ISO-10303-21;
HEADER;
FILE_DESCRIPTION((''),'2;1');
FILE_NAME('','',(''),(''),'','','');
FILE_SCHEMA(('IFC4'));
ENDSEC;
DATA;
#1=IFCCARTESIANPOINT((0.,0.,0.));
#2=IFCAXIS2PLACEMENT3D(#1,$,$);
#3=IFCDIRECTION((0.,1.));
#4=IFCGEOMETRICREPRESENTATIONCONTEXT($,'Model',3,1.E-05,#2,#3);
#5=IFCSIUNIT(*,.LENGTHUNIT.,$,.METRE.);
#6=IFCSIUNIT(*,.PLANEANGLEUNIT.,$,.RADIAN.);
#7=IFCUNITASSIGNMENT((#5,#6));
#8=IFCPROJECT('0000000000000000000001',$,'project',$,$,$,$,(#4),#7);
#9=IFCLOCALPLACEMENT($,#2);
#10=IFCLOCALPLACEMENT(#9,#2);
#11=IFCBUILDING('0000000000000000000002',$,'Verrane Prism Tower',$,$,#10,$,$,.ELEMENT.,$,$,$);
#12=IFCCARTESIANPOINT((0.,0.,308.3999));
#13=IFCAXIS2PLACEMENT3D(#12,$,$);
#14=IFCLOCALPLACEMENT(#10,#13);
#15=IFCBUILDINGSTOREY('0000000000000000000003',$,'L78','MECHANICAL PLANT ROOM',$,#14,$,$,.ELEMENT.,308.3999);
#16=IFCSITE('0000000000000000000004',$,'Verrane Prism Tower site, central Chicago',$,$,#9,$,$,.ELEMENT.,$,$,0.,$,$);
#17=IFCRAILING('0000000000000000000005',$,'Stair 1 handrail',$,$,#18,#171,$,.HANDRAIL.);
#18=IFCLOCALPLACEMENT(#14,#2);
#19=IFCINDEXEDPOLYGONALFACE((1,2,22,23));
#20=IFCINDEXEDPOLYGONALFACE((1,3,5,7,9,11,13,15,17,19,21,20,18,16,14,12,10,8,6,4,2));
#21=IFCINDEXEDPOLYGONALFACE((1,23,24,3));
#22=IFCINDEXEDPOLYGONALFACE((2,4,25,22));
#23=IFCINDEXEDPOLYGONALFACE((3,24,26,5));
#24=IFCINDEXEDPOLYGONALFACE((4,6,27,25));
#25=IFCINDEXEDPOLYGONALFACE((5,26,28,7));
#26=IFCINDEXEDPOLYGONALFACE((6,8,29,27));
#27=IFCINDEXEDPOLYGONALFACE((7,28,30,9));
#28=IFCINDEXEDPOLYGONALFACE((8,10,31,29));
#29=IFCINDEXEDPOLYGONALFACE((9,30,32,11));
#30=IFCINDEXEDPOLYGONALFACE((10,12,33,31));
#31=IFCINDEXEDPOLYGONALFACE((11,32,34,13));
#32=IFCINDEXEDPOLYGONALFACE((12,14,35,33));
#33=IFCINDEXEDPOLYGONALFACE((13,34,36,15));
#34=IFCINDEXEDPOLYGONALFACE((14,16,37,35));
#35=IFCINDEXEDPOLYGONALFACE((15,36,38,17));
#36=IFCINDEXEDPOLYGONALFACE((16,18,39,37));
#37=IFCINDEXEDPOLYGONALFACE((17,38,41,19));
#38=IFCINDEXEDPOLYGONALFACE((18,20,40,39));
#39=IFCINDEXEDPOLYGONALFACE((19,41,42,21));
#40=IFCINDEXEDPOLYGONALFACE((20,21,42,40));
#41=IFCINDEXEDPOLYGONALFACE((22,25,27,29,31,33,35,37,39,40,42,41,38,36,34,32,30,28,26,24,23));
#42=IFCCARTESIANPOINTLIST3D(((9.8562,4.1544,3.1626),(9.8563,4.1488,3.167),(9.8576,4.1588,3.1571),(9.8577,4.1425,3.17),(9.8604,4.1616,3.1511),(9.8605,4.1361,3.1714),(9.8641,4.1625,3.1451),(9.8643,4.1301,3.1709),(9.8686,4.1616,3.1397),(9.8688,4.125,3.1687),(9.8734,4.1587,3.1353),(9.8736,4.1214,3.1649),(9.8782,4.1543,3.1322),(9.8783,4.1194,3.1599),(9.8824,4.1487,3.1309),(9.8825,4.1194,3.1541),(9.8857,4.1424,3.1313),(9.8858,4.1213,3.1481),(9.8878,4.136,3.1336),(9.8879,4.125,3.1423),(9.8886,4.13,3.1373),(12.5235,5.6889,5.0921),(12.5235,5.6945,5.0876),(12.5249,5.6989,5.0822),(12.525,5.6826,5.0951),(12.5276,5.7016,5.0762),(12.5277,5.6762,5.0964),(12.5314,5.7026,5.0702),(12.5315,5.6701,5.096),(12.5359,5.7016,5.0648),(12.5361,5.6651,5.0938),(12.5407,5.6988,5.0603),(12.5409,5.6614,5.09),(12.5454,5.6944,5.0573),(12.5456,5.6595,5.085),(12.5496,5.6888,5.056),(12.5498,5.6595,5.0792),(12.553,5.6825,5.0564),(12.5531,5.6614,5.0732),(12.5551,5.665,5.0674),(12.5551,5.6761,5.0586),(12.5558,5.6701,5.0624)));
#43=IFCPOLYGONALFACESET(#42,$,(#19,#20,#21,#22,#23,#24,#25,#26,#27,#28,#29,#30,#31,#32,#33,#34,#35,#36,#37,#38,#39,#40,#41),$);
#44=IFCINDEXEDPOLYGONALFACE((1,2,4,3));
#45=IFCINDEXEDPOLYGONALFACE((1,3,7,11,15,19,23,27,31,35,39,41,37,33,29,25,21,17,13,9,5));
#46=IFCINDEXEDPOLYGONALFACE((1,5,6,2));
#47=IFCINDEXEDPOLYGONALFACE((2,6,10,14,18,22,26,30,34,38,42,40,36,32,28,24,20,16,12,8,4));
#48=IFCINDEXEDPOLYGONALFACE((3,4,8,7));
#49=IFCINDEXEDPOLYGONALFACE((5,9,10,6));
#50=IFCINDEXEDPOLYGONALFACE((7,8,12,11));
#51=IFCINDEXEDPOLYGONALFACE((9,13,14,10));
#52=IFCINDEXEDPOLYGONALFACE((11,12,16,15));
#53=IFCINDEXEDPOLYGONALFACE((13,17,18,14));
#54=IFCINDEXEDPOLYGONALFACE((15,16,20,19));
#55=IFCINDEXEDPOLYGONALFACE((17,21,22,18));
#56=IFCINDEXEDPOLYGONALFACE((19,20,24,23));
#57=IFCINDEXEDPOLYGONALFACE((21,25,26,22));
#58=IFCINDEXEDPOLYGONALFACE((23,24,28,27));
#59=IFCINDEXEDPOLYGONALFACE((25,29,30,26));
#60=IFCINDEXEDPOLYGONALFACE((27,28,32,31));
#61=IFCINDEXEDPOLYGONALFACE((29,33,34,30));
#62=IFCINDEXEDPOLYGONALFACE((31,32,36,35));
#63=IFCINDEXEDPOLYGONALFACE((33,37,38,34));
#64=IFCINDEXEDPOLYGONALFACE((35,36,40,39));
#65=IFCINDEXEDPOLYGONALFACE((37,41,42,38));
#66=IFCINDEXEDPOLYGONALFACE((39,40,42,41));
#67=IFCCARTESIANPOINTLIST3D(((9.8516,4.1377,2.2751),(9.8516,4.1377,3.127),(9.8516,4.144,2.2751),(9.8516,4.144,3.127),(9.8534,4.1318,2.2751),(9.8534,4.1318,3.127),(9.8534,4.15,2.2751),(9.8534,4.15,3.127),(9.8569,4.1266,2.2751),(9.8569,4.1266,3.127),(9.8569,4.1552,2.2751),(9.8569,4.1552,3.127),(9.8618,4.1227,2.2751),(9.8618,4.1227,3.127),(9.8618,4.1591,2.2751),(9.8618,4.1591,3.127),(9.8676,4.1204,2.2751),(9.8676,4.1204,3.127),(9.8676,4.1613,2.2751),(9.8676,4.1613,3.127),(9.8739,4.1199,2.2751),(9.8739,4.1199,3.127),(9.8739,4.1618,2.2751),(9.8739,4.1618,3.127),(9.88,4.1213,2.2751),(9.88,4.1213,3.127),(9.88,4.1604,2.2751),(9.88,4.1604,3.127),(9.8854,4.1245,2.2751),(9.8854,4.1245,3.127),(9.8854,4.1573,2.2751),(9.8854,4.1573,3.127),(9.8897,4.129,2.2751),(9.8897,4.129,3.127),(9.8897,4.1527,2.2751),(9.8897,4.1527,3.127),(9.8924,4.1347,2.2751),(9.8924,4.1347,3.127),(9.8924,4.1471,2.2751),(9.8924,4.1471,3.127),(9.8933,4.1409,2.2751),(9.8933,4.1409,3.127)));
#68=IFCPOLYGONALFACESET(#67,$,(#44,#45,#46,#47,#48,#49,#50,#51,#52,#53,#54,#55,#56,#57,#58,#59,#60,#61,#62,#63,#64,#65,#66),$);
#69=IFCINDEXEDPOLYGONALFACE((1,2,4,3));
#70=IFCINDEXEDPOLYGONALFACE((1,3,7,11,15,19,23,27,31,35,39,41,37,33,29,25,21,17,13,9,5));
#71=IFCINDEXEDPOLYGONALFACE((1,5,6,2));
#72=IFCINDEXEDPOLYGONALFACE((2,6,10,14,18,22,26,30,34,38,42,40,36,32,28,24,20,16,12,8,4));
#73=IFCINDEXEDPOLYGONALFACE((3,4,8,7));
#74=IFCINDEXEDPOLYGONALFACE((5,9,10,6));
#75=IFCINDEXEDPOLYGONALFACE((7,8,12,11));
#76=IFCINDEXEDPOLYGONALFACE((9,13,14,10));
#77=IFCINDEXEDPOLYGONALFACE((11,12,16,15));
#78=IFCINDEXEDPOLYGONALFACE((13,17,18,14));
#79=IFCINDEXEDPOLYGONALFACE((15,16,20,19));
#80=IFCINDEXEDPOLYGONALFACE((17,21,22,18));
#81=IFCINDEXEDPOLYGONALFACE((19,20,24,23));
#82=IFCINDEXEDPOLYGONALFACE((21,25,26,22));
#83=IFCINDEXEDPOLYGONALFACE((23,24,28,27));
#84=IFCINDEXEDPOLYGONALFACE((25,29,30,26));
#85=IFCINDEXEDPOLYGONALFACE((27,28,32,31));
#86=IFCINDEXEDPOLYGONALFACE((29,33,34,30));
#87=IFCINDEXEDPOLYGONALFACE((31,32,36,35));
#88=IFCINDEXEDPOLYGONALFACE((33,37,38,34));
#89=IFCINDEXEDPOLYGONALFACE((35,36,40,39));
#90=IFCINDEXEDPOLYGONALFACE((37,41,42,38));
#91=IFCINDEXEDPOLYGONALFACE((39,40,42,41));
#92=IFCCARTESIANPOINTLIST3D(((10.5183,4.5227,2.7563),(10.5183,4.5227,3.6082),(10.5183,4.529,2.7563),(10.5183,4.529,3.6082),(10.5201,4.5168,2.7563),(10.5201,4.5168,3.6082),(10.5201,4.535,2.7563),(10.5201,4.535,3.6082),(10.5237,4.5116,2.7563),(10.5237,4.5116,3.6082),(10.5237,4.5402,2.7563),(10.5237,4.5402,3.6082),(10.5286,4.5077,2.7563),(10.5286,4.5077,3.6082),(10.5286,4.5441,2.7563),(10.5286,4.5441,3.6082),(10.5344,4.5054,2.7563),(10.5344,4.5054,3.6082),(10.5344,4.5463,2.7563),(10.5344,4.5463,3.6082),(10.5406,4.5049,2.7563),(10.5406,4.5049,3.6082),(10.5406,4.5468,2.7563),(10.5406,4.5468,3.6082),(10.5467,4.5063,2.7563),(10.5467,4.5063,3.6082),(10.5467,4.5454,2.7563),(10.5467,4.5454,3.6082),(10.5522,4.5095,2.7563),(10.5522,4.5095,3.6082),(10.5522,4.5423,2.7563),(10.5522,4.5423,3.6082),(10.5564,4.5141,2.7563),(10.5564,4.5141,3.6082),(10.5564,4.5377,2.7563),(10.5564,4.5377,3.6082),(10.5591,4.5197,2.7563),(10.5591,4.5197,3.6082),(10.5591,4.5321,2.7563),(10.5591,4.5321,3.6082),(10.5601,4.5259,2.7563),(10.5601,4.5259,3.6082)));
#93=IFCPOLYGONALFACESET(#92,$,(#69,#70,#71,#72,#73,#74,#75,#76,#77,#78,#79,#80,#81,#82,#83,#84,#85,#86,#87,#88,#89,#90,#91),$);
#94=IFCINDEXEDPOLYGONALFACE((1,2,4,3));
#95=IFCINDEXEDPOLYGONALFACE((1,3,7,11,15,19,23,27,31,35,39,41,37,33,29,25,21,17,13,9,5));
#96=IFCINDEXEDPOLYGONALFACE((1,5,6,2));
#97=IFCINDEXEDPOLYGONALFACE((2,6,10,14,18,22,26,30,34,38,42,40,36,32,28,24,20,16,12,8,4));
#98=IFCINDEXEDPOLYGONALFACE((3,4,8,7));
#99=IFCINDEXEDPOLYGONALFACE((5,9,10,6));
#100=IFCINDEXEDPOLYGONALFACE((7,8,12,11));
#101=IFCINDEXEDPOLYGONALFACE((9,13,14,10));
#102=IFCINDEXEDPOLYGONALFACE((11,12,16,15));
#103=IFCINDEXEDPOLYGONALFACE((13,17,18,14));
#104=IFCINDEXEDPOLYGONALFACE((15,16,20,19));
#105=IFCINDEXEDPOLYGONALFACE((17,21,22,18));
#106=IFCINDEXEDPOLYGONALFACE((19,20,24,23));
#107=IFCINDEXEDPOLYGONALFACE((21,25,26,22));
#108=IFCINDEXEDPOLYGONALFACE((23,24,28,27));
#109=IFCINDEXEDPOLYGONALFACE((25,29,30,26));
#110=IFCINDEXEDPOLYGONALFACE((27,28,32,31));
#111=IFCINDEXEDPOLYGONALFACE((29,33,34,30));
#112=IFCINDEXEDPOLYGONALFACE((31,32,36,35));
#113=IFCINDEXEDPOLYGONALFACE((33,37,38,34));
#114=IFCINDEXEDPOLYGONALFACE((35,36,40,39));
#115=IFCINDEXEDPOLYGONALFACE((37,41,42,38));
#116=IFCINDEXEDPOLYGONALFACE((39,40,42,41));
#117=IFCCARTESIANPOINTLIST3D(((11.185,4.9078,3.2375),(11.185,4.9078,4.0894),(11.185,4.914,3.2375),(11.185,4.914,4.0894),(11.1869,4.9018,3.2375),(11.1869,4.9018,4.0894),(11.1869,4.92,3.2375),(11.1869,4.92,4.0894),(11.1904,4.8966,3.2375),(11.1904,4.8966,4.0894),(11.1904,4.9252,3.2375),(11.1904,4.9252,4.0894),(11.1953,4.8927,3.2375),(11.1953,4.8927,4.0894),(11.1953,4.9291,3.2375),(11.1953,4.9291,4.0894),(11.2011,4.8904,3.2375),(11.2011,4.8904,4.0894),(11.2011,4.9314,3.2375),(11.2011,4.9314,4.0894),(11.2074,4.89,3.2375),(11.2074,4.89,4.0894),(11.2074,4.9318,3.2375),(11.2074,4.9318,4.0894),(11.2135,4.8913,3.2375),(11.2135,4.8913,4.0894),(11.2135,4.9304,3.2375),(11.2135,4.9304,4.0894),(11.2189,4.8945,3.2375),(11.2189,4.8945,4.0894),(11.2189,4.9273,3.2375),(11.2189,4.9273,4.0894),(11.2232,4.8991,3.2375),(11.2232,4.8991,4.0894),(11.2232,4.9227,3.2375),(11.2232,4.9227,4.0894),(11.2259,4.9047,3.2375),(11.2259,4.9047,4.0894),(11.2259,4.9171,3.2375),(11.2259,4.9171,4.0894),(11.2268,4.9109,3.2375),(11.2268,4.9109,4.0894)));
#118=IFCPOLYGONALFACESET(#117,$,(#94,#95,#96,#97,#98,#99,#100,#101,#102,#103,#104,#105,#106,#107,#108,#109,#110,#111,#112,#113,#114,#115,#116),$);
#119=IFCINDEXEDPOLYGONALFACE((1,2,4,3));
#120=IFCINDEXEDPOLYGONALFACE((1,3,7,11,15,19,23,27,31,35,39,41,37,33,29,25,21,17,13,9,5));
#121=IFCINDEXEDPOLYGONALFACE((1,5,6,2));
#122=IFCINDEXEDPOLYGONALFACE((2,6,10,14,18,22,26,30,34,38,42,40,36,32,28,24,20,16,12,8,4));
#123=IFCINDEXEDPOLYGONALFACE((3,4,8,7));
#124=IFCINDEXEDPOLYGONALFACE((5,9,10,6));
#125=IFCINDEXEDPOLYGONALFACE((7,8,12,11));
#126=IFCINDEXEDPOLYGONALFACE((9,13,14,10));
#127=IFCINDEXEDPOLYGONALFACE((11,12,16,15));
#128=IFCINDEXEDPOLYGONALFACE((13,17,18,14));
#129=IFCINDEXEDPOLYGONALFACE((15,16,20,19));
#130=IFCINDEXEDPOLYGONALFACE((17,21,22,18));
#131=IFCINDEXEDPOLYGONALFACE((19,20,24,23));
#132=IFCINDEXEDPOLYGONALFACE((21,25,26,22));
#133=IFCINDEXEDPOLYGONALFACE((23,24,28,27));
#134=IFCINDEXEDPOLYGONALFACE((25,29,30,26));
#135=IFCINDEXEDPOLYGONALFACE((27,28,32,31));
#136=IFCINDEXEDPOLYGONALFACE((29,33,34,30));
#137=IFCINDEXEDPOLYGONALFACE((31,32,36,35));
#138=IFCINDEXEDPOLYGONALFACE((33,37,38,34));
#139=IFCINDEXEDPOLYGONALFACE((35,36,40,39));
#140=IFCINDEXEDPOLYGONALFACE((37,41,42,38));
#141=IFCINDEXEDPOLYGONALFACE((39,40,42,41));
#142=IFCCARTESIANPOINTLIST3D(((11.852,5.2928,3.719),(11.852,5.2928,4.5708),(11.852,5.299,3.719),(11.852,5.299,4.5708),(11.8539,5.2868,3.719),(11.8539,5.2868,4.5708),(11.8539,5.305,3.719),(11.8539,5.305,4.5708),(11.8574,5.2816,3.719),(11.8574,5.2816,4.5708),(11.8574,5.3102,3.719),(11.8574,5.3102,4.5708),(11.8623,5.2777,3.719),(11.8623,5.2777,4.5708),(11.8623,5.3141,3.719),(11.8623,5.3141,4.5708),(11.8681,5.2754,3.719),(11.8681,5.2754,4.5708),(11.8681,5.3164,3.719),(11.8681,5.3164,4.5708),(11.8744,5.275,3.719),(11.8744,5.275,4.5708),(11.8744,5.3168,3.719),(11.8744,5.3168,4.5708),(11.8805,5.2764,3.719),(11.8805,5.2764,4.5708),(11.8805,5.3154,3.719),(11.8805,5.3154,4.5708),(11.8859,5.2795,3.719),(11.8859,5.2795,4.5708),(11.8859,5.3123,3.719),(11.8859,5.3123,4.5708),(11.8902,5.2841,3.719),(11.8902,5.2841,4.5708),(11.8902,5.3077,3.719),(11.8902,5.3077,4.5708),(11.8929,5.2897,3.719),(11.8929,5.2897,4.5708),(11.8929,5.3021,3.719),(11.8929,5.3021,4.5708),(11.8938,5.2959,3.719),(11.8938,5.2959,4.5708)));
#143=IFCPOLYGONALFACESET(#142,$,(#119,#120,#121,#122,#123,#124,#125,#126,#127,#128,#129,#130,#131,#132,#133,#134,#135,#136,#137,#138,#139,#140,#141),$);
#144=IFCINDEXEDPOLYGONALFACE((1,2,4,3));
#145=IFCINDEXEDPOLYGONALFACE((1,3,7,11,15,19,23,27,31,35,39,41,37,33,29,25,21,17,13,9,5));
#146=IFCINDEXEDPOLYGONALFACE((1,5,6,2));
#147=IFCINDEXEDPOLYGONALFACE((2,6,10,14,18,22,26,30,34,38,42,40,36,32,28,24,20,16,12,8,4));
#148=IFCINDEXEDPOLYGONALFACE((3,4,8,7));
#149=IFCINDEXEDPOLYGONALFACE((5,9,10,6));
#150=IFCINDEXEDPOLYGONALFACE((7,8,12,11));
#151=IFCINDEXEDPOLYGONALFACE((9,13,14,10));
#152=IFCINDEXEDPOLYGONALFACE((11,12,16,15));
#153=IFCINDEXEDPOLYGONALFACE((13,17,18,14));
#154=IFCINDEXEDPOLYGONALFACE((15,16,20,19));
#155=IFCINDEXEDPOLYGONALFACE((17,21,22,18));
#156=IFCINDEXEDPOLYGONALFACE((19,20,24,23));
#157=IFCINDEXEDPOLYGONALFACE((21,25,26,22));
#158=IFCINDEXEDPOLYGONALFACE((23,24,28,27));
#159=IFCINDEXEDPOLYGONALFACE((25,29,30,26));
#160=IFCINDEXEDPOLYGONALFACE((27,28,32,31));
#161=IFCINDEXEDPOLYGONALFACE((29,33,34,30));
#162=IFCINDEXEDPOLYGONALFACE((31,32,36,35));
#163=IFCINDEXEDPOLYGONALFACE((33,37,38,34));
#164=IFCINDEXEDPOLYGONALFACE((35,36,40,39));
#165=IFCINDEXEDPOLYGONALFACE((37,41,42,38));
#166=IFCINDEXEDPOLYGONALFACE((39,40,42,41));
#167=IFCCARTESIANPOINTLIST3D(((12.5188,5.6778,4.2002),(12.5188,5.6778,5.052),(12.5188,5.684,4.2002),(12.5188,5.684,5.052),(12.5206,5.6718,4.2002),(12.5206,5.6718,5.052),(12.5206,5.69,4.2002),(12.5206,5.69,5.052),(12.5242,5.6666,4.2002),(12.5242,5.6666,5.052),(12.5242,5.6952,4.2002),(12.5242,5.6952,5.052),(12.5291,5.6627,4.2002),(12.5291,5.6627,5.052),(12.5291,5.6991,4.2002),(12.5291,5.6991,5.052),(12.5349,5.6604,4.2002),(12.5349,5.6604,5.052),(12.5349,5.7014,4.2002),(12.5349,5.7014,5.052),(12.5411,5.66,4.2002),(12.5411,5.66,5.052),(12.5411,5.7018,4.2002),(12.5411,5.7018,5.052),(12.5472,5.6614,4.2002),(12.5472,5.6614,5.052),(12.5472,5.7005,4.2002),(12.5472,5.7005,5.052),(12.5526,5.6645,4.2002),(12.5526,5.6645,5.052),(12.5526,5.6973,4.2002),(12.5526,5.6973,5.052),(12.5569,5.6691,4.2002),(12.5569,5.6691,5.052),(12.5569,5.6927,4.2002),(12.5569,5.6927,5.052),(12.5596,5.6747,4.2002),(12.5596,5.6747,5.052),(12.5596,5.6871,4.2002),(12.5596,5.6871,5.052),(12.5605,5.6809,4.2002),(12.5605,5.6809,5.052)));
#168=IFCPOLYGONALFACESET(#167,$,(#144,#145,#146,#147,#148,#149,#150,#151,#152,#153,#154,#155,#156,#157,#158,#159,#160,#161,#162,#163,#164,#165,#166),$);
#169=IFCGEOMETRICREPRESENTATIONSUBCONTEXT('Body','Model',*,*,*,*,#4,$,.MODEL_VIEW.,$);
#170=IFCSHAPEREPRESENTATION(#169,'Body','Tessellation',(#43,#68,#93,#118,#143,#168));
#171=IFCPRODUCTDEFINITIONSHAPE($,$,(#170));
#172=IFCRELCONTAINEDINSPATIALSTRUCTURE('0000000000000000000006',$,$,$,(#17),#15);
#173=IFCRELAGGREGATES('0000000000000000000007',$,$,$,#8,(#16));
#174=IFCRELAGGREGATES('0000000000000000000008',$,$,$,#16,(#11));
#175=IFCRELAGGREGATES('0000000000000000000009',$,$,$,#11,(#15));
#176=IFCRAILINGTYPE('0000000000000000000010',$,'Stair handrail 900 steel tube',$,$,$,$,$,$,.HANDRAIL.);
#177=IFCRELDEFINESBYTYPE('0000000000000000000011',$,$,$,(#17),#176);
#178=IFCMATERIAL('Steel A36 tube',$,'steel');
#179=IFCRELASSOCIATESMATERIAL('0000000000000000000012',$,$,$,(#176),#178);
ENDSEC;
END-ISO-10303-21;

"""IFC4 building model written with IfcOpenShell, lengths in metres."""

from ifc_helpers import new_model, si_unit, direction, frame, origin, origin_2d, place, context, subcontext, project, spatial, circle, extrude, material, type_object, element, save


model = new_model("IFC4")

# Units and contexts
model_context = context("Model", 3, precision=1e-05, world=origin(), true_north=direction((0.0, 1.0)))
body_context = subcontext(model_context, "Body", "Model", "MODEL_VIEW")
ifc_project = project(units=[si_unit("LENGTHUNIT", "METRE"), si_unit("PLANEANGLEUNIT", "RADIAN")], contexts=[model_context])

# Site, building, storey
site_placement = place(None, origin())
site = spatial("IfcSite", under=ifc_project, at=site_placement, Name="Verrane Prism Tower site, central Chicago", CompositionType="ELEMENT", RefElevation=0.0)
building_placement = place(site_placement, origin())
building = spatial("IfcBuilding", under=site, at=building_placement, Name="Verrane Prism Tower", CompositionType="ELEMENT")
storey_placement = place(building_placement, frame((0.0, 0.0, 308.3999)))
storey = spatial("IfcBuildingStorey", under=building, at=storey_placement, Name="L78", Description="MECHANICAL PLANT ROOM", CompositionType="ELEMENT", Elevation=308.3999)

# Railing
ifc_material_1 = material(Name="Steel A36 tube", Category="steel")
railing_type = type_object("IfcRailingType", Name="Stair handrail 900 steel tube", PredefinedType="HANDRAIL", material=ifc_material_1)
railing_placement = place(storey_placement, frame((9.8723, 4.1409, 2.2751)))
element("IfcRailing", 1, at=railing_placement, inside=storey, type_object=railing_type, Name="Stair 1 handrail", PredefinedType="HANDRAIL", context=body_context, shape_type="SweptSolid", body=[
    extrude(circle(Radius=0.0239, at=origin_2d()), frame((0.0, 0.0, 0.876), z_axis=(0.734364, 0.424015, 0.530019), x_axis=(-0.500027, 0.86601, 0.0)), (0.0, 0.0, 1.0), 3.6321),
    extrude(circle(Radius=0.021, at=origin_2d()), origin(), (0.0, 0.0, 1.0), 0.8518),
    extrude(circle(Radius=0.021, at=origin_2d()), frame((0.6667, 0.385, 0.4812)), (0.0, 0.0, 1.0), 0.8518),
    extrude(circle(Radius=0.021, at=origin_2d()), frame((1.3335, 0.77, 0.9624)), (0.0, 0.0, 1.0), 0.8518),
    extrude(circle(Radius=0.021, at=origin_2d()), frame((2.0005, 1.155, 1.4438)), (0.0, 0.0, 1.0), 0.8518),
    extrude(circle(Radius=0.021, at=origin_2d()), frame((2.6672, 1.54, 1.925)), (0.0, 0.0, 1.0), 0.8518),
])

save(model, "model.ifc")
